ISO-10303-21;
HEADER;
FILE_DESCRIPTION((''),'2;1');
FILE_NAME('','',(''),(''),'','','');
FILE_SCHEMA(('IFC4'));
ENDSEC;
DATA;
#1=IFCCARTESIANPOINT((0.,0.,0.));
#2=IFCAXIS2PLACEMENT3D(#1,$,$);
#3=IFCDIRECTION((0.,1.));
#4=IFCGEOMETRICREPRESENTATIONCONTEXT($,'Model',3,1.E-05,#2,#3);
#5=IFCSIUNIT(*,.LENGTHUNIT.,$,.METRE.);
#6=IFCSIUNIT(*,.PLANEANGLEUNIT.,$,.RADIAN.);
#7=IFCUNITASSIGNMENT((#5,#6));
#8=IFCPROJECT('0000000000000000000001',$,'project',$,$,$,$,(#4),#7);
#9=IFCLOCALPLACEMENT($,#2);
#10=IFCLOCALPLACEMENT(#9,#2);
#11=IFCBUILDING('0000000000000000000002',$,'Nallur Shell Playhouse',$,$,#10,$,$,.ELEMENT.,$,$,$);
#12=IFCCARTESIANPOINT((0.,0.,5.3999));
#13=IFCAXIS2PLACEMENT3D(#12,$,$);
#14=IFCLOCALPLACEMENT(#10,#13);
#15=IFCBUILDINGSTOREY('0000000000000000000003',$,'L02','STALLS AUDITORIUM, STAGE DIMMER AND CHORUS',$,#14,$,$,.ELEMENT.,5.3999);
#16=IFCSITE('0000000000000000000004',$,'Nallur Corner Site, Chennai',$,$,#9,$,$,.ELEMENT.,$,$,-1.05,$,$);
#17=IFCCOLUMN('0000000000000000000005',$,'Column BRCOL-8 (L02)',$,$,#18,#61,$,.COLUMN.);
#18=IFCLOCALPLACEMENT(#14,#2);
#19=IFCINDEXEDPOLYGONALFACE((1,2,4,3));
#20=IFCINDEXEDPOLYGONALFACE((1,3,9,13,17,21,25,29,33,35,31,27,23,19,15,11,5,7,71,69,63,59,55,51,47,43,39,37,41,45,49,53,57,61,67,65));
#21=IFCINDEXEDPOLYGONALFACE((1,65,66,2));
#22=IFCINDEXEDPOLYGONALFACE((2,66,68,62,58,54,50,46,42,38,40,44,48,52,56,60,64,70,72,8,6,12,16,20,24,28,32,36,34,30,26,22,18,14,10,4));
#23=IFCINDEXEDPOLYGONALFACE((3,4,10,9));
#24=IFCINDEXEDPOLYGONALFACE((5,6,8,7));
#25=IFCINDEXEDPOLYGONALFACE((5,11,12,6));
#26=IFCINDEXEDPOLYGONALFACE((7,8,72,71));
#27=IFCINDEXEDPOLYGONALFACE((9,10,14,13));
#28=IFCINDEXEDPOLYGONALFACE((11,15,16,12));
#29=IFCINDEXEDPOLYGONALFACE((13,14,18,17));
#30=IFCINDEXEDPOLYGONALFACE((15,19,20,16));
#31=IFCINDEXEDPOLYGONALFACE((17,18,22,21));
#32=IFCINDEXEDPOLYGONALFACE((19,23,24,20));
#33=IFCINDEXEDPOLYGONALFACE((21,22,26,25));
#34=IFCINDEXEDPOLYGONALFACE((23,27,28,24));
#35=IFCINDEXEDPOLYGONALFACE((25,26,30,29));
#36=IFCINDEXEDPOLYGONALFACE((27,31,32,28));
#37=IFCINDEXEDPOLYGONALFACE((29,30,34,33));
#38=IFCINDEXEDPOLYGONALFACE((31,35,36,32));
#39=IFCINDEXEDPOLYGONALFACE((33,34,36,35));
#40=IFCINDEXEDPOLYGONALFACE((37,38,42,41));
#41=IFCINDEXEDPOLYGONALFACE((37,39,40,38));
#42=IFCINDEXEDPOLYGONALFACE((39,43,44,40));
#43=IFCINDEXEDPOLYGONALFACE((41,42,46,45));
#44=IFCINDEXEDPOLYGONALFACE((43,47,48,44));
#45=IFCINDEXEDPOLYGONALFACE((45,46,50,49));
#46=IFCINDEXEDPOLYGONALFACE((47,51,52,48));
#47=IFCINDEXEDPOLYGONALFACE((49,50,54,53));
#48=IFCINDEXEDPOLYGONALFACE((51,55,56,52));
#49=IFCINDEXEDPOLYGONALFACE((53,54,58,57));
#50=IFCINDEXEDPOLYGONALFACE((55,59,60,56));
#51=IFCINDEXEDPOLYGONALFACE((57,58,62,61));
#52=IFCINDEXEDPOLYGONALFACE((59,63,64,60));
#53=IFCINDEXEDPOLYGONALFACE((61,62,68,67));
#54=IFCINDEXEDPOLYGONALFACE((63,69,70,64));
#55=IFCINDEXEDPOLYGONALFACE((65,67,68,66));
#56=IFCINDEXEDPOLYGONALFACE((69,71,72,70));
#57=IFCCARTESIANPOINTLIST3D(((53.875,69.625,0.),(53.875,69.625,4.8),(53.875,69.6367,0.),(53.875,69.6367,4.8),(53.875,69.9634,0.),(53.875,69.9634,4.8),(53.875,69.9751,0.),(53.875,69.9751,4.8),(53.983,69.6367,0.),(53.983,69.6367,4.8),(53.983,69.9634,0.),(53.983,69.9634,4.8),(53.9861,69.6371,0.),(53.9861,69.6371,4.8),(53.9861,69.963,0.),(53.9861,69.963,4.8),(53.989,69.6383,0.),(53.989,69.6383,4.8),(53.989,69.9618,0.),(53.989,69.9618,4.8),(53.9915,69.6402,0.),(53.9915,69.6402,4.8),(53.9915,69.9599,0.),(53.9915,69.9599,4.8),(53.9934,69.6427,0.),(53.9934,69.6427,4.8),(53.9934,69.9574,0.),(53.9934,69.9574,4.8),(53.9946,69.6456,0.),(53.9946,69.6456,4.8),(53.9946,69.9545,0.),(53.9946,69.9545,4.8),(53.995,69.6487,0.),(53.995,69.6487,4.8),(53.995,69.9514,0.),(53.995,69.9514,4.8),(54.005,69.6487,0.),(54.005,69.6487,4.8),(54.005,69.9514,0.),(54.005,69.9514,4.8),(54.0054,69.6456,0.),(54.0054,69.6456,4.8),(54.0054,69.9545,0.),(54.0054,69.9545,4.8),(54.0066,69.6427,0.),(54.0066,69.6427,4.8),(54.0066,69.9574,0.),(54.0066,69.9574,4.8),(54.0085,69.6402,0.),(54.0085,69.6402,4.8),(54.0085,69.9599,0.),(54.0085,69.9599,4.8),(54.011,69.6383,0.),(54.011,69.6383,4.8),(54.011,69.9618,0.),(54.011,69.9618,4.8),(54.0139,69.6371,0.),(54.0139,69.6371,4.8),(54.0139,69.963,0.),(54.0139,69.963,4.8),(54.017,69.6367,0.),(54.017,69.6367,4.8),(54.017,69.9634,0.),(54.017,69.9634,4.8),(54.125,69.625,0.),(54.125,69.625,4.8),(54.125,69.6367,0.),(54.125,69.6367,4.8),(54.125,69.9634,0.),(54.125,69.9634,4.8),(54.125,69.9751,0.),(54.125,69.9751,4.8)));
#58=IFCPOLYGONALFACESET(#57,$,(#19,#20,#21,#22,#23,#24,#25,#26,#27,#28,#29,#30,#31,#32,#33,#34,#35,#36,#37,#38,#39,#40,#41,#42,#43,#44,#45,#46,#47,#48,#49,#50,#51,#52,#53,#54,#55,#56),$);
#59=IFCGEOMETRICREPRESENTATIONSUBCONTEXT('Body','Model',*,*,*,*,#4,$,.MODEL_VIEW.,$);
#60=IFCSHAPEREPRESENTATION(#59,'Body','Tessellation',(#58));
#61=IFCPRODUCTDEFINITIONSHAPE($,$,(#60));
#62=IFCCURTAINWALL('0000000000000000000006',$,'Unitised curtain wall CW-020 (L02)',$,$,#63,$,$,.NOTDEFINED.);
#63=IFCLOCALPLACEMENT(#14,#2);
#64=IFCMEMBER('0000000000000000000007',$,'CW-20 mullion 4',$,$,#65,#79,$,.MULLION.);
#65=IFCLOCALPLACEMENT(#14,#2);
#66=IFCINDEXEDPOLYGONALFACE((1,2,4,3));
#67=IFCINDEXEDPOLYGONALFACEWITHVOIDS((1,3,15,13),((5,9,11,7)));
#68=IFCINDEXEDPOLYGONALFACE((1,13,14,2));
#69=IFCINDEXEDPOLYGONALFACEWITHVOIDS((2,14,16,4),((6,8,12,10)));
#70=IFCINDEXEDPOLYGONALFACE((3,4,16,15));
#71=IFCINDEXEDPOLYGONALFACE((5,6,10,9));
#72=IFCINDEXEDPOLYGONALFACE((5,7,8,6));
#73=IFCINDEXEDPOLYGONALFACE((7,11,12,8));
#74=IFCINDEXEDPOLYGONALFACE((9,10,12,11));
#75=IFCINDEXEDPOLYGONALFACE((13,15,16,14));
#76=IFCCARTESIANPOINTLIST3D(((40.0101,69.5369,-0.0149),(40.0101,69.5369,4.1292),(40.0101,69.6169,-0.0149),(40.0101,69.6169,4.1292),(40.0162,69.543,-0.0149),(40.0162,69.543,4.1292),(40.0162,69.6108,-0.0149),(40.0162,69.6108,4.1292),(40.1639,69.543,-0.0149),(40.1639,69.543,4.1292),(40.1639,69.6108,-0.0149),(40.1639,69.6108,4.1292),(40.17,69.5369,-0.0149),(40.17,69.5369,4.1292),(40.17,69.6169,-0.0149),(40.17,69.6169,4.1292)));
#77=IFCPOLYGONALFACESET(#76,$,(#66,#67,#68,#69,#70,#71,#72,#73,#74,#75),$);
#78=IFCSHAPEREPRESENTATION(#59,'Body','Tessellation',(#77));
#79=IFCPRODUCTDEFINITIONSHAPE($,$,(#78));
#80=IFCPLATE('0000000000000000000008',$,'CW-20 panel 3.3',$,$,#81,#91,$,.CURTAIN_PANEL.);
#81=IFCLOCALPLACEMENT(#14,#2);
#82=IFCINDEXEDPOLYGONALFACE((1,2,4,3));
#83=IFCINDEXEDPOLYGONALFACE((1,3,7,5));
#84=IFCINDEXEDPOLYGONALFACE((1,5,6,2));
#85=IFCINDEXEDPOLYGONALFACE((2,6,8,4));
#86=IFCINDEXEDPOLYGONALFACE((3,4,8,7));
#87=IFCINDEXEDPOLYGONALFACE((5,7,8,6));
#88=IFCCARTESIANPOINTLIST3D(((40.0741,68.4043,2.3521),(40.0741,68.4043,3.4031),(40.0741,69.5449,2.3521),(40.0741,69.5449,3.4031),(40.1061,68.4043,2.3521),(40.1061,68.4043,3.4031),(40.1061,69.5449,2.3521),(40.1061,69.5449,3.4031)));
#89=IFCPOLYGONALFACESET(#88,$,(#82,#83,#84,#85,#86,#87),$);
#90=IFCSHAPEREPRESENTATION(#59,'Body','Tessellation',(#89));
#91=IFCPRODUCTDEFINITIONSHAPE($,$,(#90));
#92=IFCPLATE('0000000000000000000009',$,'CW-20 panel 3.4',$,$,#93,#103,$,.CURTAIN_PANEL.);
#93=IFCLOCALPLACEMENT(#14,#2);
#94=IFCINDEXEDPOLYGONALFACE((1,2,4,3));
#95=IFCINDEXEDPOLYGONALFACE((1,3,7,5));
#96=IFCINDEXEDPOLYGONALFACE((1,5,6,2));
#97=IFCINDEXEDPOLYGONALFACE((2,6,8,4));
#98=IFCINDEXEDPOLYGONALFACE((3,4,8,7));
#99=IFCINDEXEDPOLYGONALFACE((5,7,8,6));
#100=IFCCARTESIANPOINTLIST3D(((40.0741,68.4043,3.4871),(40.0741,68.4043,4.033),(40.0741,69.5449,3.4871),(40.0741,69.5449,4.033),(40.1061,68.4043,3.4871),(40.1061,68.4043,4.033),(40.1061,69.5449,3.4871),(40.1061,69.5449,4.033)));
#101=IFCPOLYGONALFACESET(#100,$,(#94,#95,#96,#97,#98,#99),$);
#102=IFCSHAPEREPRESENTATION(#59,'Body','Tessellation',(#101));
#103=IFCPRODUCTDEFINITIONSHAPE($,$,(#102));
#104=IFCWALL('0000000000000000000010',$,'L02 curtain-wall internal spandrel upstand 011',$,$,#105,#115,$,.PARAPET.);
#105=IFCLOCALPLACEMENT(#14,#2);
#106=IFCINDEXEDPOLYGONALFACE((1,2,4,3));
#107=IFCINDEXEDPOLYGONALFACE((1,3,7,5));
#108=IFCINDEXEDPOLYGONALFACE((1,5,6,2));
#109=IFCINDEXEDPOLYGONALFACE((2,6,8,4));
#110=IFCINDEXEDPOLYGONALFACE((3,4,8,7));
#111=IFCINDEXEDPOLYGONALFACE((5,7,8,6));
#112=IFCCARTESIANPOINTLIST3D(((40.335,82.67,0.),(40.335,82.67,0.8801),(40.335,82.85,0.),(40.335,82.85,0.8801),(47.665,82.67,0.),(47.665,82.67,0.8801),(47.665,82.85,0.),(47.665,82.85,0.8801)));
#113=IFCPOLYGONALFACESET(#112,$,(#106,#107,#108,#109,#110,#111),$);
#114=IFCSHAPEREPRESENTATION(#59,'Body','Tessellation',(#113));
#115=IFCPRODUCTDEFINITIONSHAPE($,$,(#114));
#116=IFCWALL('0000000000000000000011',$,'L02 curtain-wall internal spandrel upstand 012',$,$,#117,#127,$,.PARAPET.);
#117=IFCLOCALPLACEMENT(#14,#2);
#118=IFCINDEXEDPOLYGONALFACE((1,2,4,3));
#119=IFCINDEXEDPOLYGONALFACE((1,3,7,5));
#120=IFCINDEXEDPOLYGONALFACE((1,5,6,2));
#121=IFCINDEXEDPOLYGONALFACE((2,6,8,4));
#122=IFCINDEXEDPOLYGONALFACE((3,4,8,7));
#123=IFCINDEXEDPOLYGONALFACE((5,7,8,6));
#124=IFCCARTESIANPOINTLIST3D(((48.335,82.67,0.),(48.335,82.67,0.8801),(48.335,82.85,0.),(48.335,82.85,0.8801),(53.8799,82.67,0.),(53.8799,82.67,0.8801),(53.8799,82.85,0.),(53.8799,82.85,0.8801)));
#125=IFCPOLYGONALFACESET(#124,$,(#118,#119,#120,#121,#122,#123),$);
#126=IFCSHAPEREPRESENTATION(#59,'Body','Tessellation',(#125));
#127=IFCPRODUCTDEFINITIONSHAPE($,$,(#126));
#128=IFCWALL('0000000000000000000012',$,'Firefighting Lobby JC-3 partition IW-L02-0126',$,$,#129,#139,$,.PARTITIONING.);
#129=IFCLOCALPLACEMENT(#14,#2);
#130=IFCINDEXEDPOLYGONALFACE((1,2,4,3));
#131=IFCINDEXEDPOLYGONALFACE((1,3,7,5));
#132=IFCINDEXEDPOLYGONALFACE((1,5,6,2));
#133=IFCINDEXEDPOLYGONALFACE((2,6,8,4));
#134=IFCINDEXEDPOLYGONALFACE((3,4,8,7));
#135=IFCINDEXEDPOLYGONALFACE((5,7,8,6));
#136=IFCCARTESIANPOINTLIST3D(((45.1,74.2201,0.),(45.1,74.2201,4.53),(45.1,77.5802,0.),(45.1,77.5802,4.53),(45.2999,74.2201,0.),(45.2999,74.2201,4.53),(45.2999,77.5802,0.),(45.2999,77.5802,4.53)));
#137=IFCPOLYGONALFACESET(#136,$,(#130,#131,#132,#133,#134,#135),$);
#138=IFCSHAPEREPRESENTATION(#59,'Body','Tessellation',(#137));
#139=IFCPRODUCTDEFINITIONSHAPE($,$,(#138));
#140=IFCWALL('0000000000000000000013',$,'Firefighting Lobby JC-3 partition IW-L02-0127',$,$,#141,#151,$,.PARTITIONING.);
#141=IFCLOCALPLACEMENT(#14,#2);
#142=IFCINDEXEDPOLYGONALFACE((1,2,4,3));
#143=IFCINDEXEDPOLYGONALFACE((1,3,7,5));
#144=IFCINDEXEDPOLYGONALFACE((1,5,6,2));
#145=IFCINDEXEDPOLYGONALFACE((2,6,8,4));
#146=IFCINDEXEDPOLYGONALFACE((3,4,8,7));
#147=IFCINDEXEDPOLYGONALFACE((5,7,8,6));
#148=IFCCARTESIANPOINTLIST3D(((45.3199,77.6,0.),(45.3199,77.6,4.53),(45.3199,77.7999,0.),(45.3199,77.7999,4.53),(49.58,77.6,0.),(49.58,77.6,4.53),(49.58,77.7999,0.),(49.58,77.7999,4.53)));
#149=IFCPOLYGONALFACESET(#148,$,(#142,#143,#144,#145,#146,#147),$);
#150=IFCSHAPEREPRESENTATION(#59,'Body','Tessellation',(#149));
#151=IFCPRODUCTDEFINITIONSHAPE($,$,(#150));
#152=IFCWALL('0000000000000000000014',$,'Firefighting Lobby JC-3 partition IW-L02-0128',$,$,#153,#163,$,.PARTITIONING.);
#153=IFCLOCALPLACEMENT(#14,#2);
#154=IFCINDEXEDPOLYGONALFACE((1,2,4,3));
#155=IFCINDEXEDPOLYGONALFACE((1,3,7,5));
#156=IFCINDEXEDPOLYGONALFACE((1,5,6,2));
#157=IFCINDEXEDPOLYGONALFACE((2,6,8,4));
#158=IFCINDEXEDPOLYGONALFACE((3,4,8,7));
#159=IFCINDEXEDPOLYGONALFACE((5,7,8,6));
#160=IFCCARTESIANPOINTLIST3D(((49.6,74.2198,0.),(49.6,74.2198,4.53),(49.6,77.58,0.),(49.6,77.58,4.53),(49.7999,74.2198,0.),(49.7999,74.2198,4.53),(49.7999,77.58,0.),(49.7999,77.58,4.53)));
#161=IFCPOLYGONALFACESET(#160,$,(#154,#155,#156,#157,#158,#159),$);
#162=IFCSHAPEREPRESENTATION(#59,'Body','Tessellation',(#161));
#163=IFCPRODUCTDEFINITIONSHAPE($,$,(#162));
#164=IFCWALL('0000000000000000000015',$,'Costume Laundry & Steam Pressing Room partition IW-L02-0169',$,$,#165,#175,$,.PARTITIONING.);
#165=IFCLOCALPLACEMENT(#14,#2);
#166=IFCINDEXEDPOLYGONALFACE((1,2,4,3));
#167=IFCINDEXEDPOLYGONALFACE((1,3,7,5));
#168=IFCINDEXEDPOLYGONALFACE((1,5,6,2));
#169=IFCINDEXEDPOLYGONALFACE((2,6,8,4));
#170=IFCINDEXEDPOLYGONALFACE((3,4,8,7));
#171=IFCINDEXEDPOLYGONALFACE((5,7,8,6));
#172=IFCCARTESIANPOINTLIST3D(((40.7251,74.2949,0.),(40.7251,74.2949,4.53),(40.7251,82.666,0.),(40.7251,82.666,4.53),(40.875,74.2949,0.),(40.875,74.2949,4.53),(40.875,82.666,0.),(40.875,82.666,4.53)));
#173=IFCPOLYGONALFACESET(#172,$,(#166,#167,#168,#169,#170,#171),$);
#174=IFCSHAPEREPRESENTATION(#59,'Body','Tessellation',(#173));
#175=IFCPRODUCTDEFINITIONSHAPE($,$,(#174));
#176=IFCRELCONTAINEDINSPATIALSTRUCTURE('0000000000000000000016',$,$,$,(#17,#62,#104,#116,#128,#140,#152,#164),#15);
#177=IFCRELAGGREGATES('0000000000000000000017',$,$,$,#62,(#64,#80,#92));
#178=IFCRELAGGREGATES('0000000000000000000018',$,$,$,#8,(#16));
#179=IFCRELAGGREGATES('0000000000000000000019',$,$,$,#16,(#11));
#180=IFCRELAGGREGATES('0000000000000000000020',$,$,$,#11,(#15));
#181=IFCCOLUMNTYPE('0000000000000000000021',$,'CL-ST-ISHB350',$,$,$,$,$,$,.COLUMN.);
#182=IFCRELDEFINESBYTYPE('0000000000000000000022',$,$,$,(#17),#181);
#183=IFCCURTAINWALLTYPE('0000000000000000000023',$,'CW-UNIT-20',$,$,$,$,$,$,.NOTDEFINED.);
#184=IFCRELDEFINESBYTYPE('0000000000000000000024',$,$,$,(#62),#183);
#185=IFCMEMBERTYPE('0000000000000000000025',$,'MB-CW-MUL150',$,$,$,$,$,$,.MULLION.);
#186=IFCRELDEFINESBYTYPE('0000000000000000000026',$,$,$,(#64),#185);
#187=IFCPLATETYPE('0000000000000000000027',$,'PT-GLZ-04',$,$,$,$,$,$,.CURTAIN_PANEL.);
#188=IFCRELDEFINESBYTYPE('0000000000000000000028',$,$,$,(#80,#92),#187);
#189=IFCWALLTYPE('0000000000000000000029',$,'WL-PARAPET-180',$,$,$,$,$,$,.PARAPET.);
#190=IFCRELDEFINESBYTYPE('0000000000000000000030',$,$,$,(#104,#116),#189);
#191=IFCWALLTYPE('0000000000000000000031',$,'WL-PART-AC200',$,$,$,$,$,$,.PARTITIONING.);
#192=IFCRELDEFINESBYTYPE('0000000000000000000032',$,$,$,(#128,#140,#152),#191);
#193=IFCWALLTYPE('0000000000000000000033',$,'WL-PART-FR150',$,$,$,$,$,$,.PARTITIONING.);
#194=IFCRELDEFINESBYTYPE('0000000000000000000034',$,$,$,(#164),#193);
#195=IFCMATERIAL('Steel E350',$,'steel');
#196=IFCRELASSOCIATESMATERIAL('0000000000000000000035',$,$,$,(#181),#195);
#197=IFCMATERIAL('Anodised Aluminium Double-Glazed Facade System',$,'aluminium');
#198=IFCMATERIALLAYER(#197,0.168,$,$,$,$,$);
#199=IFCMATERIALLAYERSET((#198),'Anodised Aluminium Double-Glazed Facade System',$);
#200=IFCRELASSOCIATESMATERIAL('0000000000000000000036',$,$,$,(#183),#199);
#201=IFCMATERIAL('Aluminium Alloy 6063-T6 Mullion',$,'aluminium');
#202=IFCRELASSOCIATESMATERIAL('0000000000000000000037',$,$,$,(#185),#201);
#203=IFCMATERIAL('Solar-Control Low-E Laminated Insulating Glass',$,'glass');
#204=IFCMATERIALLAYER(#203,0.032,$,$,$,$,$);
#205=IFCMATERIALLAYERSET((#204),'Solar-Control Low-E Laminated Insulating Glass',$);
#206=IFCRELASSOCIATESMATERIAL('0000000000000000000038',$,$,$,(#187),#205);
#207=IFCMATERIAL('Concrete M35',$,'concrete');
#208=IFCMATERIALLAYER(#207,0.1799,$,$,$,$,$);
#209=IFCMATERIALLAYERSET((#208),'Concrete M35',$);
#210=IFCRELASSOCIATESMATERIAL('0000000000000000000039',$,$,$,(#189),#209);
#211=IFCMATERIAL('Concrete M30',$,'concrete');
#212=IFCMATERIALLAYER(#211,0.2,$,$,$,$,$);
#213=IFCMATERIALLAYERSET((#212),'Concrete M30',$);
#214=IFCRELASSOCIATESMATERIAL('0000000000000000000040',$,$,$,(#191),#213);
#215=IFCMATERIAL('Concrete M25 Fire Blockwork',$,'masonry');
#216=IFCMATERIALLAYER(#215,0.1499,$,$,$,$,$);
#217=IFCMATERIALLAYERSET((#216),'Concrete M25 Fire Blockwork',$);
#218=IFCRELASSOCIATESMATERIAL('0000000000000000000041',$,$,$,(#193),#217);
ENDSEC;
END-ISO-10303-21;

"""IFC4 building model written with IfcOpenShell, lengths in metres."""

from ifc_helpers import new_model, si_unit, direction, frame, frame_2d, origin, origin_2d, place, context, subcontext, project, spatial, rectangle, hollow_rectangle, i_section, extrude, material, layer, layer_set, material_profile, profile_set, type_object, element, aggregate, save


model = new_model("IFC4")

# Units and contexts
model_context = context("Model", 3, precision=1e-05, world=origin(), true_north=direction((0.0, 1.0)))
body_context = subcontext(model_context, "Body", "Model", "MODEL_VIEW")
ifc_project = project(units=[si_unit("LENGTHUNIT", "METRE"), si_unit("PLANEANGLEUNIT", "RADIAN")], contexts=[model_context])

# Site, building, storey
site_placement = place(None, origin())
site = spatial("IfcSite", under=ifc_project, at=site_placement, Name="Nallur Corner Site, Chennai", CompositionType="ELEMENT", RefElevation=-1.05)
building_placement = place(site_placement, origin())
building = spatial("IfcBuilding", under=site, at=building_placement, Name="Nallur Shell Playhouse", CompositionType="ELEMENT")
storey_placement = place(building_placement, frame((0.0, 0.0, 5.3999)))
storey = spatial("IfcBuildingStorey", under=building, at=storey_placement, Name="L02", Description="STALLS AUDITORIUM, STAGE DIMMER AND CHORUS", CompositionType="ELEMENT", Elevation=5.3999)

# Column
ifc_material_1 = material(Name="Steel E350", Category="steel")
ifc_material_profile_1 = material_profile(ifc_material_1, i_section(OverallWidth=0.25, OverallDepth=0.3501, WebThickness=0.01, FlangeThickness=0.0117, FilletRadius=0.012, at=origin_2d()), Name="ISHB 350")
ifc_profile_set_1 = profile_set([ifc_material_profile_1], Name="Steel E350")
column_type = type_object("IfcColumnType", Name="CL-ST-ISHB350", PredefinedType="COLUMN", material=ifc_profile_set_1)
column_placement = place(storey_placement, frame((54.0, 69.8, 0.0), z_axis=(0.0, 0.0, 1.0), x_axis=(1.0, 0.0, 0.0)))
element("IfcColumn", 1, at=column_placement, inside=storey, type_object=column_type, Name="Column BRCOL-8 (L02)", PredefinedType="COLUMN", context=body_context, shape_type="SweptSolid", body=[
    extrude(i_section(OverallWidth=0.25, OverallDepth=0.3501, WebThickness=0.01, FlangeThickness=0.0117, FilletRadius=0.012, at=origin_2d()), origin(), (0.0, 0.0, 1.0), 4.8),
])

# Curtain wall, member, plates
ifc_material_2 = material(Name="Anodised Aluminium Double-Glazed Facade System", Category="aluminium")
ifc_layer_1 = layer(ifc_material_2, 0.168)
ifc_layer_set_1 = layer_set([ifc_layer_1], Name="Anodised Aluminium Double-Glazed Facade System")
curtain_wall_type = type_object("IfcCurtainWallType", Name="CW-UNIT-20", PredefinedType="NOTDEFINED", material=ifc_layer_set_1)
curtain_wall_placement = place(storey_placement, origin())
curtain_wall = element("IfcCurtainWall", 2, at=curtain_wall_placement, inside=storey, type_object=curtain_wall_type, Name="Unitised curtain wall CW-020 (L02)", PredefinedType="NOTDEFINED")
ifc_material_3 = material(Name="Aluminium Alloy 6063-T6 Mullion", Category="aluminium")
ifc_material_profile_2 = material_profile(ifc_material_3, hollow_rectangle(XDim=0.0801, YDim=0.1599, WallThickness=0.0061, at=origin_2d()), Name="RHS 160x80x6")
ifc_profile_set_2 = profile_set([ifc_material_profile_2], Name="Aluminium Alloy 6063-T6 Mullion")
member_type = type_object("IfcMemberType", Name="MB-CW-MUL150", PredefinedType="MULLION", material=ifc_profile_set_2)
member_placement = place(storey_placement, frame((40.0901, 69.5769, -0.0149), z_axis=(0.0, 0.0, 1.0), x_axis=(0.0, 1.0, 0.0)))
member = element("IfcMember", 3, at=member_placement, type_object=member_type, Name="CW-20 mullion 4", PredefinedType="MULLION", context=body_context, shape_type="SweptSolid", body=[
    extrude(hollow_rectangle(XDim=0.0801, YDim=0.1599, WallThickness=0.0061, at=origin_2d()), origin(), (0.0, 0.0, 1.0), 4.144),
])
ifc_material_4 = material(Name="Solar-Control Low-E Laminated Insulating Glass", Category="glass")
ifc_layer_2 = layer(ifc_material_4, 0.032)
ifc_layer_set_2 = layer_set([ifc_layer_2], Name="Solar-Control Low-E Laminated Insulating Glass")
plate_type = type_object("IfcPlateType", Name="PT-GLZ-04", PredefinedType="CURTAIN_PANEL", material=ifc_layer_set_2)
plate_1_placement = place(storey_placement, frame((40.0901, 68.9746, 2.3521), z_axis=(0.0, 0.0, 1.0), x_axis=(0.0, 1.0, 0.0)))
plate_1 = element("IfcPlate", 4, at=plate_1_placement, type_object=plate_type, Name="CW-20 panel 3.3", PredefinedType="CURTAIN_PANEL", context=body_context, shape_type="SweptSolid", body=[
    extrude(rectangle(XDim=1.1406, YDim=0.032, at=origin_2d()), origin(), (0.0, 0.0, 1.0), 1.051),
])
plate_2_placement = place(storey_placement, frame((40.0901, 68.9746, 3.4871), z_axis=(0.0, 0.0, 1.0), x_axis=(0.0, 1.0, 0.0)))
plate_2 = element("IfcPlate", 5, at=plate_2_placement, type_object=plate_type, Name="CW-20 panel 3.4", PredefinedType="CURTAIN_PANEL", context=body_context, shape_type="SweptSolid", body=[
    extrude(rectangle(XDim=1.1406, YDim=0.032, at=origin_2d()), origin(), (0.0, 0.0, 1.0), 0.5459),
])
aggregate(curtain_wall, [member, plate_1, plate_2])

# Walls
ifc_material_5 = material(Name="Concrete M35", Category="concrete")
ifc_layer_3 = layer(ifc_material_5, 0.1799)
ifc_layer_set_3 = layer_set([ifc_layer_3], Name="Concrete M35")
wall_type_1 = type_object("IfcWallType", Name="WL-PARAPET-180", PredefinedType="PARAPET", material=ifc_layer_set_3)
wall_1_placement = place(storey_placement, frame((40.335, 82.76, 0.0), z_axis=(0.0, 0.0, 1.0), x_axis=(1.0, 0.0, 0.0)))
element("IfcWall", 6, at=wall_1_placement, inside=storey, type_object=wall_type_1, Name="L02 curtain-wall internal spandrel upstand 011", PredefinedType="PARAPET", context=body_context, shape_type="SweptSolid", body=[
    extrude(rectangle(XDim=7.3301, YDim=0.1799, at=frame_2d((3.665, 0.0))), origin(), (0.0, 0.0, 1.0), 0.8801),
])
wall_2_placement = place(storey_placement, frame((48.335, 82.76, 0.0), z_axis=(0.0, 0.0, 1.0), x_axis=(1.0, 0.0, 0.0)))
element("IfcWall", 7, at=wall_2_placement, inside=storey, type_object=wall_type_1, Name="L02 curtain-wall internal spandrel upstand 012", PredefinedType="PARAPET", context=body_context, shape_type="SweptSolid", body=[
    extrude(rectangle(XDim=5.5449, YDim=0.1799, at=frame_2d((2.7725, 0.0))), origin(), (0.0, 0.0, 1.0), 0.8801),
])
ifc_material_6 = material(Name="Concrete M30", Category="concrete")
ifc_layer_4 = layer(ifc_material_6, 0.2)
ifc_layer_set_4 = layer_set([ifc_layer_4], Name="Concrete M30")
wall_type_2 = type_object("IfcWallType", Name="WL-PART-AC200", PredefinedType="PARTITIONING", material=ifc_layer_set_4)
wall_3_placement = place(storey_placement, frame((45.2, 74.22, 0.0), z_axis=(0.0, 0.0, 1.0), x_axis=(0.0, 1.0, 0.0)))
element("IfcWall", 8, at=wall_3_placement, inside=storey, type_object=wall_type_2, Name="Firefighting Lobby JC-3 partition IW-L02-0126", PredefinedType="PARTITIONING", context=body_context, shape_type="SweptSolid", body=[
    extrude(rectangle(XDim=3.3601, YDim=0.2, at=frame_2d((1.6802, 0.0))), origin(), (0.0, 0.0, 1.0), 4.53),
])
wall_4_placement = place(storey_placement, frame((45.3201, 77.7, 0.0), z_axis=(0.0, 0.0, 1.0), x_axis=(1.0, 0.0, 0.0)))
element("IfcWall", 9, at=wall_4_placement, inside=storey, type_object=wall_type_2, Name="Firefighting Lobby JC-3 partition IW-L02-0127", PredefinedType="PARTITIONING", context=body_context, shape_type="SweptSolid", body=[
    extrude(rectangle(XDim=4.26, YDim=0.2, at=frame_2d((2.1299, 0.0))), origin(), (0.0, 0.0, 1.0), 4.53),
])
wall_5_placement = place(storey_placement, frame((49.7, 77.5801, 0.0), z_axis=(0.0, 0.0, 1.0), x_axis=(0.0, -1.0, 0.0)))
element("IfcWall", 10, at=wall_5_placement, inside=storey, type_object=wall_type_2, Name="Firefighting Lobby JC-3 partition IW-L02-0128", PredefinedType="PARTITIONING", context=body_context, shape_type="SweptSolid", body=[
    extrude(rectangle(XDim=3.3601, YDim=0.2, at=frame_2d((1.6802, 0.0))), origin(), (0.0, 0.0, 1.0), 4.53),
])

# Wall
ifc_material_7 = material(Name="Concrete M25 Fire Blockwork", Category="masonry")
ifc_layer_5 = layer(ifc_material_7, 0.1499)
ifc_layer_set_5 = layer_set([ifc_layer_5], Name="Concrete M25 Fire Blockwork")
wall_type_3 = type_object("IfcWallType", Name="WL-PART-FR150", PredefinedType="PARTITIONING", material=ifc_layer_set_5)
wall_6_placement = place(storey_placement, frame((40.8, 82.666, 0.0), z_axis=(0.0, 0.0, 1.0), x_axis=(0.0, -1.0, 0.0)))
element("IfcWall", 11, at=wall_6_placement, inside=storey, type_object=wall_type_3, Name="Costume Laundry & Steam Pressing Room partition IW-L02-0169", PredefinedType="PARTITIONING", context=body_context, shape_type="SweptSolid", body=[
    extrude(rectangle(XDim=8.3711, YDim=0.1499, at=frame_2d((4.1855, 0.0))), origin(), (0.0, 0.0, 1.0), 4.53),
])

save(model, "model.ifc")
